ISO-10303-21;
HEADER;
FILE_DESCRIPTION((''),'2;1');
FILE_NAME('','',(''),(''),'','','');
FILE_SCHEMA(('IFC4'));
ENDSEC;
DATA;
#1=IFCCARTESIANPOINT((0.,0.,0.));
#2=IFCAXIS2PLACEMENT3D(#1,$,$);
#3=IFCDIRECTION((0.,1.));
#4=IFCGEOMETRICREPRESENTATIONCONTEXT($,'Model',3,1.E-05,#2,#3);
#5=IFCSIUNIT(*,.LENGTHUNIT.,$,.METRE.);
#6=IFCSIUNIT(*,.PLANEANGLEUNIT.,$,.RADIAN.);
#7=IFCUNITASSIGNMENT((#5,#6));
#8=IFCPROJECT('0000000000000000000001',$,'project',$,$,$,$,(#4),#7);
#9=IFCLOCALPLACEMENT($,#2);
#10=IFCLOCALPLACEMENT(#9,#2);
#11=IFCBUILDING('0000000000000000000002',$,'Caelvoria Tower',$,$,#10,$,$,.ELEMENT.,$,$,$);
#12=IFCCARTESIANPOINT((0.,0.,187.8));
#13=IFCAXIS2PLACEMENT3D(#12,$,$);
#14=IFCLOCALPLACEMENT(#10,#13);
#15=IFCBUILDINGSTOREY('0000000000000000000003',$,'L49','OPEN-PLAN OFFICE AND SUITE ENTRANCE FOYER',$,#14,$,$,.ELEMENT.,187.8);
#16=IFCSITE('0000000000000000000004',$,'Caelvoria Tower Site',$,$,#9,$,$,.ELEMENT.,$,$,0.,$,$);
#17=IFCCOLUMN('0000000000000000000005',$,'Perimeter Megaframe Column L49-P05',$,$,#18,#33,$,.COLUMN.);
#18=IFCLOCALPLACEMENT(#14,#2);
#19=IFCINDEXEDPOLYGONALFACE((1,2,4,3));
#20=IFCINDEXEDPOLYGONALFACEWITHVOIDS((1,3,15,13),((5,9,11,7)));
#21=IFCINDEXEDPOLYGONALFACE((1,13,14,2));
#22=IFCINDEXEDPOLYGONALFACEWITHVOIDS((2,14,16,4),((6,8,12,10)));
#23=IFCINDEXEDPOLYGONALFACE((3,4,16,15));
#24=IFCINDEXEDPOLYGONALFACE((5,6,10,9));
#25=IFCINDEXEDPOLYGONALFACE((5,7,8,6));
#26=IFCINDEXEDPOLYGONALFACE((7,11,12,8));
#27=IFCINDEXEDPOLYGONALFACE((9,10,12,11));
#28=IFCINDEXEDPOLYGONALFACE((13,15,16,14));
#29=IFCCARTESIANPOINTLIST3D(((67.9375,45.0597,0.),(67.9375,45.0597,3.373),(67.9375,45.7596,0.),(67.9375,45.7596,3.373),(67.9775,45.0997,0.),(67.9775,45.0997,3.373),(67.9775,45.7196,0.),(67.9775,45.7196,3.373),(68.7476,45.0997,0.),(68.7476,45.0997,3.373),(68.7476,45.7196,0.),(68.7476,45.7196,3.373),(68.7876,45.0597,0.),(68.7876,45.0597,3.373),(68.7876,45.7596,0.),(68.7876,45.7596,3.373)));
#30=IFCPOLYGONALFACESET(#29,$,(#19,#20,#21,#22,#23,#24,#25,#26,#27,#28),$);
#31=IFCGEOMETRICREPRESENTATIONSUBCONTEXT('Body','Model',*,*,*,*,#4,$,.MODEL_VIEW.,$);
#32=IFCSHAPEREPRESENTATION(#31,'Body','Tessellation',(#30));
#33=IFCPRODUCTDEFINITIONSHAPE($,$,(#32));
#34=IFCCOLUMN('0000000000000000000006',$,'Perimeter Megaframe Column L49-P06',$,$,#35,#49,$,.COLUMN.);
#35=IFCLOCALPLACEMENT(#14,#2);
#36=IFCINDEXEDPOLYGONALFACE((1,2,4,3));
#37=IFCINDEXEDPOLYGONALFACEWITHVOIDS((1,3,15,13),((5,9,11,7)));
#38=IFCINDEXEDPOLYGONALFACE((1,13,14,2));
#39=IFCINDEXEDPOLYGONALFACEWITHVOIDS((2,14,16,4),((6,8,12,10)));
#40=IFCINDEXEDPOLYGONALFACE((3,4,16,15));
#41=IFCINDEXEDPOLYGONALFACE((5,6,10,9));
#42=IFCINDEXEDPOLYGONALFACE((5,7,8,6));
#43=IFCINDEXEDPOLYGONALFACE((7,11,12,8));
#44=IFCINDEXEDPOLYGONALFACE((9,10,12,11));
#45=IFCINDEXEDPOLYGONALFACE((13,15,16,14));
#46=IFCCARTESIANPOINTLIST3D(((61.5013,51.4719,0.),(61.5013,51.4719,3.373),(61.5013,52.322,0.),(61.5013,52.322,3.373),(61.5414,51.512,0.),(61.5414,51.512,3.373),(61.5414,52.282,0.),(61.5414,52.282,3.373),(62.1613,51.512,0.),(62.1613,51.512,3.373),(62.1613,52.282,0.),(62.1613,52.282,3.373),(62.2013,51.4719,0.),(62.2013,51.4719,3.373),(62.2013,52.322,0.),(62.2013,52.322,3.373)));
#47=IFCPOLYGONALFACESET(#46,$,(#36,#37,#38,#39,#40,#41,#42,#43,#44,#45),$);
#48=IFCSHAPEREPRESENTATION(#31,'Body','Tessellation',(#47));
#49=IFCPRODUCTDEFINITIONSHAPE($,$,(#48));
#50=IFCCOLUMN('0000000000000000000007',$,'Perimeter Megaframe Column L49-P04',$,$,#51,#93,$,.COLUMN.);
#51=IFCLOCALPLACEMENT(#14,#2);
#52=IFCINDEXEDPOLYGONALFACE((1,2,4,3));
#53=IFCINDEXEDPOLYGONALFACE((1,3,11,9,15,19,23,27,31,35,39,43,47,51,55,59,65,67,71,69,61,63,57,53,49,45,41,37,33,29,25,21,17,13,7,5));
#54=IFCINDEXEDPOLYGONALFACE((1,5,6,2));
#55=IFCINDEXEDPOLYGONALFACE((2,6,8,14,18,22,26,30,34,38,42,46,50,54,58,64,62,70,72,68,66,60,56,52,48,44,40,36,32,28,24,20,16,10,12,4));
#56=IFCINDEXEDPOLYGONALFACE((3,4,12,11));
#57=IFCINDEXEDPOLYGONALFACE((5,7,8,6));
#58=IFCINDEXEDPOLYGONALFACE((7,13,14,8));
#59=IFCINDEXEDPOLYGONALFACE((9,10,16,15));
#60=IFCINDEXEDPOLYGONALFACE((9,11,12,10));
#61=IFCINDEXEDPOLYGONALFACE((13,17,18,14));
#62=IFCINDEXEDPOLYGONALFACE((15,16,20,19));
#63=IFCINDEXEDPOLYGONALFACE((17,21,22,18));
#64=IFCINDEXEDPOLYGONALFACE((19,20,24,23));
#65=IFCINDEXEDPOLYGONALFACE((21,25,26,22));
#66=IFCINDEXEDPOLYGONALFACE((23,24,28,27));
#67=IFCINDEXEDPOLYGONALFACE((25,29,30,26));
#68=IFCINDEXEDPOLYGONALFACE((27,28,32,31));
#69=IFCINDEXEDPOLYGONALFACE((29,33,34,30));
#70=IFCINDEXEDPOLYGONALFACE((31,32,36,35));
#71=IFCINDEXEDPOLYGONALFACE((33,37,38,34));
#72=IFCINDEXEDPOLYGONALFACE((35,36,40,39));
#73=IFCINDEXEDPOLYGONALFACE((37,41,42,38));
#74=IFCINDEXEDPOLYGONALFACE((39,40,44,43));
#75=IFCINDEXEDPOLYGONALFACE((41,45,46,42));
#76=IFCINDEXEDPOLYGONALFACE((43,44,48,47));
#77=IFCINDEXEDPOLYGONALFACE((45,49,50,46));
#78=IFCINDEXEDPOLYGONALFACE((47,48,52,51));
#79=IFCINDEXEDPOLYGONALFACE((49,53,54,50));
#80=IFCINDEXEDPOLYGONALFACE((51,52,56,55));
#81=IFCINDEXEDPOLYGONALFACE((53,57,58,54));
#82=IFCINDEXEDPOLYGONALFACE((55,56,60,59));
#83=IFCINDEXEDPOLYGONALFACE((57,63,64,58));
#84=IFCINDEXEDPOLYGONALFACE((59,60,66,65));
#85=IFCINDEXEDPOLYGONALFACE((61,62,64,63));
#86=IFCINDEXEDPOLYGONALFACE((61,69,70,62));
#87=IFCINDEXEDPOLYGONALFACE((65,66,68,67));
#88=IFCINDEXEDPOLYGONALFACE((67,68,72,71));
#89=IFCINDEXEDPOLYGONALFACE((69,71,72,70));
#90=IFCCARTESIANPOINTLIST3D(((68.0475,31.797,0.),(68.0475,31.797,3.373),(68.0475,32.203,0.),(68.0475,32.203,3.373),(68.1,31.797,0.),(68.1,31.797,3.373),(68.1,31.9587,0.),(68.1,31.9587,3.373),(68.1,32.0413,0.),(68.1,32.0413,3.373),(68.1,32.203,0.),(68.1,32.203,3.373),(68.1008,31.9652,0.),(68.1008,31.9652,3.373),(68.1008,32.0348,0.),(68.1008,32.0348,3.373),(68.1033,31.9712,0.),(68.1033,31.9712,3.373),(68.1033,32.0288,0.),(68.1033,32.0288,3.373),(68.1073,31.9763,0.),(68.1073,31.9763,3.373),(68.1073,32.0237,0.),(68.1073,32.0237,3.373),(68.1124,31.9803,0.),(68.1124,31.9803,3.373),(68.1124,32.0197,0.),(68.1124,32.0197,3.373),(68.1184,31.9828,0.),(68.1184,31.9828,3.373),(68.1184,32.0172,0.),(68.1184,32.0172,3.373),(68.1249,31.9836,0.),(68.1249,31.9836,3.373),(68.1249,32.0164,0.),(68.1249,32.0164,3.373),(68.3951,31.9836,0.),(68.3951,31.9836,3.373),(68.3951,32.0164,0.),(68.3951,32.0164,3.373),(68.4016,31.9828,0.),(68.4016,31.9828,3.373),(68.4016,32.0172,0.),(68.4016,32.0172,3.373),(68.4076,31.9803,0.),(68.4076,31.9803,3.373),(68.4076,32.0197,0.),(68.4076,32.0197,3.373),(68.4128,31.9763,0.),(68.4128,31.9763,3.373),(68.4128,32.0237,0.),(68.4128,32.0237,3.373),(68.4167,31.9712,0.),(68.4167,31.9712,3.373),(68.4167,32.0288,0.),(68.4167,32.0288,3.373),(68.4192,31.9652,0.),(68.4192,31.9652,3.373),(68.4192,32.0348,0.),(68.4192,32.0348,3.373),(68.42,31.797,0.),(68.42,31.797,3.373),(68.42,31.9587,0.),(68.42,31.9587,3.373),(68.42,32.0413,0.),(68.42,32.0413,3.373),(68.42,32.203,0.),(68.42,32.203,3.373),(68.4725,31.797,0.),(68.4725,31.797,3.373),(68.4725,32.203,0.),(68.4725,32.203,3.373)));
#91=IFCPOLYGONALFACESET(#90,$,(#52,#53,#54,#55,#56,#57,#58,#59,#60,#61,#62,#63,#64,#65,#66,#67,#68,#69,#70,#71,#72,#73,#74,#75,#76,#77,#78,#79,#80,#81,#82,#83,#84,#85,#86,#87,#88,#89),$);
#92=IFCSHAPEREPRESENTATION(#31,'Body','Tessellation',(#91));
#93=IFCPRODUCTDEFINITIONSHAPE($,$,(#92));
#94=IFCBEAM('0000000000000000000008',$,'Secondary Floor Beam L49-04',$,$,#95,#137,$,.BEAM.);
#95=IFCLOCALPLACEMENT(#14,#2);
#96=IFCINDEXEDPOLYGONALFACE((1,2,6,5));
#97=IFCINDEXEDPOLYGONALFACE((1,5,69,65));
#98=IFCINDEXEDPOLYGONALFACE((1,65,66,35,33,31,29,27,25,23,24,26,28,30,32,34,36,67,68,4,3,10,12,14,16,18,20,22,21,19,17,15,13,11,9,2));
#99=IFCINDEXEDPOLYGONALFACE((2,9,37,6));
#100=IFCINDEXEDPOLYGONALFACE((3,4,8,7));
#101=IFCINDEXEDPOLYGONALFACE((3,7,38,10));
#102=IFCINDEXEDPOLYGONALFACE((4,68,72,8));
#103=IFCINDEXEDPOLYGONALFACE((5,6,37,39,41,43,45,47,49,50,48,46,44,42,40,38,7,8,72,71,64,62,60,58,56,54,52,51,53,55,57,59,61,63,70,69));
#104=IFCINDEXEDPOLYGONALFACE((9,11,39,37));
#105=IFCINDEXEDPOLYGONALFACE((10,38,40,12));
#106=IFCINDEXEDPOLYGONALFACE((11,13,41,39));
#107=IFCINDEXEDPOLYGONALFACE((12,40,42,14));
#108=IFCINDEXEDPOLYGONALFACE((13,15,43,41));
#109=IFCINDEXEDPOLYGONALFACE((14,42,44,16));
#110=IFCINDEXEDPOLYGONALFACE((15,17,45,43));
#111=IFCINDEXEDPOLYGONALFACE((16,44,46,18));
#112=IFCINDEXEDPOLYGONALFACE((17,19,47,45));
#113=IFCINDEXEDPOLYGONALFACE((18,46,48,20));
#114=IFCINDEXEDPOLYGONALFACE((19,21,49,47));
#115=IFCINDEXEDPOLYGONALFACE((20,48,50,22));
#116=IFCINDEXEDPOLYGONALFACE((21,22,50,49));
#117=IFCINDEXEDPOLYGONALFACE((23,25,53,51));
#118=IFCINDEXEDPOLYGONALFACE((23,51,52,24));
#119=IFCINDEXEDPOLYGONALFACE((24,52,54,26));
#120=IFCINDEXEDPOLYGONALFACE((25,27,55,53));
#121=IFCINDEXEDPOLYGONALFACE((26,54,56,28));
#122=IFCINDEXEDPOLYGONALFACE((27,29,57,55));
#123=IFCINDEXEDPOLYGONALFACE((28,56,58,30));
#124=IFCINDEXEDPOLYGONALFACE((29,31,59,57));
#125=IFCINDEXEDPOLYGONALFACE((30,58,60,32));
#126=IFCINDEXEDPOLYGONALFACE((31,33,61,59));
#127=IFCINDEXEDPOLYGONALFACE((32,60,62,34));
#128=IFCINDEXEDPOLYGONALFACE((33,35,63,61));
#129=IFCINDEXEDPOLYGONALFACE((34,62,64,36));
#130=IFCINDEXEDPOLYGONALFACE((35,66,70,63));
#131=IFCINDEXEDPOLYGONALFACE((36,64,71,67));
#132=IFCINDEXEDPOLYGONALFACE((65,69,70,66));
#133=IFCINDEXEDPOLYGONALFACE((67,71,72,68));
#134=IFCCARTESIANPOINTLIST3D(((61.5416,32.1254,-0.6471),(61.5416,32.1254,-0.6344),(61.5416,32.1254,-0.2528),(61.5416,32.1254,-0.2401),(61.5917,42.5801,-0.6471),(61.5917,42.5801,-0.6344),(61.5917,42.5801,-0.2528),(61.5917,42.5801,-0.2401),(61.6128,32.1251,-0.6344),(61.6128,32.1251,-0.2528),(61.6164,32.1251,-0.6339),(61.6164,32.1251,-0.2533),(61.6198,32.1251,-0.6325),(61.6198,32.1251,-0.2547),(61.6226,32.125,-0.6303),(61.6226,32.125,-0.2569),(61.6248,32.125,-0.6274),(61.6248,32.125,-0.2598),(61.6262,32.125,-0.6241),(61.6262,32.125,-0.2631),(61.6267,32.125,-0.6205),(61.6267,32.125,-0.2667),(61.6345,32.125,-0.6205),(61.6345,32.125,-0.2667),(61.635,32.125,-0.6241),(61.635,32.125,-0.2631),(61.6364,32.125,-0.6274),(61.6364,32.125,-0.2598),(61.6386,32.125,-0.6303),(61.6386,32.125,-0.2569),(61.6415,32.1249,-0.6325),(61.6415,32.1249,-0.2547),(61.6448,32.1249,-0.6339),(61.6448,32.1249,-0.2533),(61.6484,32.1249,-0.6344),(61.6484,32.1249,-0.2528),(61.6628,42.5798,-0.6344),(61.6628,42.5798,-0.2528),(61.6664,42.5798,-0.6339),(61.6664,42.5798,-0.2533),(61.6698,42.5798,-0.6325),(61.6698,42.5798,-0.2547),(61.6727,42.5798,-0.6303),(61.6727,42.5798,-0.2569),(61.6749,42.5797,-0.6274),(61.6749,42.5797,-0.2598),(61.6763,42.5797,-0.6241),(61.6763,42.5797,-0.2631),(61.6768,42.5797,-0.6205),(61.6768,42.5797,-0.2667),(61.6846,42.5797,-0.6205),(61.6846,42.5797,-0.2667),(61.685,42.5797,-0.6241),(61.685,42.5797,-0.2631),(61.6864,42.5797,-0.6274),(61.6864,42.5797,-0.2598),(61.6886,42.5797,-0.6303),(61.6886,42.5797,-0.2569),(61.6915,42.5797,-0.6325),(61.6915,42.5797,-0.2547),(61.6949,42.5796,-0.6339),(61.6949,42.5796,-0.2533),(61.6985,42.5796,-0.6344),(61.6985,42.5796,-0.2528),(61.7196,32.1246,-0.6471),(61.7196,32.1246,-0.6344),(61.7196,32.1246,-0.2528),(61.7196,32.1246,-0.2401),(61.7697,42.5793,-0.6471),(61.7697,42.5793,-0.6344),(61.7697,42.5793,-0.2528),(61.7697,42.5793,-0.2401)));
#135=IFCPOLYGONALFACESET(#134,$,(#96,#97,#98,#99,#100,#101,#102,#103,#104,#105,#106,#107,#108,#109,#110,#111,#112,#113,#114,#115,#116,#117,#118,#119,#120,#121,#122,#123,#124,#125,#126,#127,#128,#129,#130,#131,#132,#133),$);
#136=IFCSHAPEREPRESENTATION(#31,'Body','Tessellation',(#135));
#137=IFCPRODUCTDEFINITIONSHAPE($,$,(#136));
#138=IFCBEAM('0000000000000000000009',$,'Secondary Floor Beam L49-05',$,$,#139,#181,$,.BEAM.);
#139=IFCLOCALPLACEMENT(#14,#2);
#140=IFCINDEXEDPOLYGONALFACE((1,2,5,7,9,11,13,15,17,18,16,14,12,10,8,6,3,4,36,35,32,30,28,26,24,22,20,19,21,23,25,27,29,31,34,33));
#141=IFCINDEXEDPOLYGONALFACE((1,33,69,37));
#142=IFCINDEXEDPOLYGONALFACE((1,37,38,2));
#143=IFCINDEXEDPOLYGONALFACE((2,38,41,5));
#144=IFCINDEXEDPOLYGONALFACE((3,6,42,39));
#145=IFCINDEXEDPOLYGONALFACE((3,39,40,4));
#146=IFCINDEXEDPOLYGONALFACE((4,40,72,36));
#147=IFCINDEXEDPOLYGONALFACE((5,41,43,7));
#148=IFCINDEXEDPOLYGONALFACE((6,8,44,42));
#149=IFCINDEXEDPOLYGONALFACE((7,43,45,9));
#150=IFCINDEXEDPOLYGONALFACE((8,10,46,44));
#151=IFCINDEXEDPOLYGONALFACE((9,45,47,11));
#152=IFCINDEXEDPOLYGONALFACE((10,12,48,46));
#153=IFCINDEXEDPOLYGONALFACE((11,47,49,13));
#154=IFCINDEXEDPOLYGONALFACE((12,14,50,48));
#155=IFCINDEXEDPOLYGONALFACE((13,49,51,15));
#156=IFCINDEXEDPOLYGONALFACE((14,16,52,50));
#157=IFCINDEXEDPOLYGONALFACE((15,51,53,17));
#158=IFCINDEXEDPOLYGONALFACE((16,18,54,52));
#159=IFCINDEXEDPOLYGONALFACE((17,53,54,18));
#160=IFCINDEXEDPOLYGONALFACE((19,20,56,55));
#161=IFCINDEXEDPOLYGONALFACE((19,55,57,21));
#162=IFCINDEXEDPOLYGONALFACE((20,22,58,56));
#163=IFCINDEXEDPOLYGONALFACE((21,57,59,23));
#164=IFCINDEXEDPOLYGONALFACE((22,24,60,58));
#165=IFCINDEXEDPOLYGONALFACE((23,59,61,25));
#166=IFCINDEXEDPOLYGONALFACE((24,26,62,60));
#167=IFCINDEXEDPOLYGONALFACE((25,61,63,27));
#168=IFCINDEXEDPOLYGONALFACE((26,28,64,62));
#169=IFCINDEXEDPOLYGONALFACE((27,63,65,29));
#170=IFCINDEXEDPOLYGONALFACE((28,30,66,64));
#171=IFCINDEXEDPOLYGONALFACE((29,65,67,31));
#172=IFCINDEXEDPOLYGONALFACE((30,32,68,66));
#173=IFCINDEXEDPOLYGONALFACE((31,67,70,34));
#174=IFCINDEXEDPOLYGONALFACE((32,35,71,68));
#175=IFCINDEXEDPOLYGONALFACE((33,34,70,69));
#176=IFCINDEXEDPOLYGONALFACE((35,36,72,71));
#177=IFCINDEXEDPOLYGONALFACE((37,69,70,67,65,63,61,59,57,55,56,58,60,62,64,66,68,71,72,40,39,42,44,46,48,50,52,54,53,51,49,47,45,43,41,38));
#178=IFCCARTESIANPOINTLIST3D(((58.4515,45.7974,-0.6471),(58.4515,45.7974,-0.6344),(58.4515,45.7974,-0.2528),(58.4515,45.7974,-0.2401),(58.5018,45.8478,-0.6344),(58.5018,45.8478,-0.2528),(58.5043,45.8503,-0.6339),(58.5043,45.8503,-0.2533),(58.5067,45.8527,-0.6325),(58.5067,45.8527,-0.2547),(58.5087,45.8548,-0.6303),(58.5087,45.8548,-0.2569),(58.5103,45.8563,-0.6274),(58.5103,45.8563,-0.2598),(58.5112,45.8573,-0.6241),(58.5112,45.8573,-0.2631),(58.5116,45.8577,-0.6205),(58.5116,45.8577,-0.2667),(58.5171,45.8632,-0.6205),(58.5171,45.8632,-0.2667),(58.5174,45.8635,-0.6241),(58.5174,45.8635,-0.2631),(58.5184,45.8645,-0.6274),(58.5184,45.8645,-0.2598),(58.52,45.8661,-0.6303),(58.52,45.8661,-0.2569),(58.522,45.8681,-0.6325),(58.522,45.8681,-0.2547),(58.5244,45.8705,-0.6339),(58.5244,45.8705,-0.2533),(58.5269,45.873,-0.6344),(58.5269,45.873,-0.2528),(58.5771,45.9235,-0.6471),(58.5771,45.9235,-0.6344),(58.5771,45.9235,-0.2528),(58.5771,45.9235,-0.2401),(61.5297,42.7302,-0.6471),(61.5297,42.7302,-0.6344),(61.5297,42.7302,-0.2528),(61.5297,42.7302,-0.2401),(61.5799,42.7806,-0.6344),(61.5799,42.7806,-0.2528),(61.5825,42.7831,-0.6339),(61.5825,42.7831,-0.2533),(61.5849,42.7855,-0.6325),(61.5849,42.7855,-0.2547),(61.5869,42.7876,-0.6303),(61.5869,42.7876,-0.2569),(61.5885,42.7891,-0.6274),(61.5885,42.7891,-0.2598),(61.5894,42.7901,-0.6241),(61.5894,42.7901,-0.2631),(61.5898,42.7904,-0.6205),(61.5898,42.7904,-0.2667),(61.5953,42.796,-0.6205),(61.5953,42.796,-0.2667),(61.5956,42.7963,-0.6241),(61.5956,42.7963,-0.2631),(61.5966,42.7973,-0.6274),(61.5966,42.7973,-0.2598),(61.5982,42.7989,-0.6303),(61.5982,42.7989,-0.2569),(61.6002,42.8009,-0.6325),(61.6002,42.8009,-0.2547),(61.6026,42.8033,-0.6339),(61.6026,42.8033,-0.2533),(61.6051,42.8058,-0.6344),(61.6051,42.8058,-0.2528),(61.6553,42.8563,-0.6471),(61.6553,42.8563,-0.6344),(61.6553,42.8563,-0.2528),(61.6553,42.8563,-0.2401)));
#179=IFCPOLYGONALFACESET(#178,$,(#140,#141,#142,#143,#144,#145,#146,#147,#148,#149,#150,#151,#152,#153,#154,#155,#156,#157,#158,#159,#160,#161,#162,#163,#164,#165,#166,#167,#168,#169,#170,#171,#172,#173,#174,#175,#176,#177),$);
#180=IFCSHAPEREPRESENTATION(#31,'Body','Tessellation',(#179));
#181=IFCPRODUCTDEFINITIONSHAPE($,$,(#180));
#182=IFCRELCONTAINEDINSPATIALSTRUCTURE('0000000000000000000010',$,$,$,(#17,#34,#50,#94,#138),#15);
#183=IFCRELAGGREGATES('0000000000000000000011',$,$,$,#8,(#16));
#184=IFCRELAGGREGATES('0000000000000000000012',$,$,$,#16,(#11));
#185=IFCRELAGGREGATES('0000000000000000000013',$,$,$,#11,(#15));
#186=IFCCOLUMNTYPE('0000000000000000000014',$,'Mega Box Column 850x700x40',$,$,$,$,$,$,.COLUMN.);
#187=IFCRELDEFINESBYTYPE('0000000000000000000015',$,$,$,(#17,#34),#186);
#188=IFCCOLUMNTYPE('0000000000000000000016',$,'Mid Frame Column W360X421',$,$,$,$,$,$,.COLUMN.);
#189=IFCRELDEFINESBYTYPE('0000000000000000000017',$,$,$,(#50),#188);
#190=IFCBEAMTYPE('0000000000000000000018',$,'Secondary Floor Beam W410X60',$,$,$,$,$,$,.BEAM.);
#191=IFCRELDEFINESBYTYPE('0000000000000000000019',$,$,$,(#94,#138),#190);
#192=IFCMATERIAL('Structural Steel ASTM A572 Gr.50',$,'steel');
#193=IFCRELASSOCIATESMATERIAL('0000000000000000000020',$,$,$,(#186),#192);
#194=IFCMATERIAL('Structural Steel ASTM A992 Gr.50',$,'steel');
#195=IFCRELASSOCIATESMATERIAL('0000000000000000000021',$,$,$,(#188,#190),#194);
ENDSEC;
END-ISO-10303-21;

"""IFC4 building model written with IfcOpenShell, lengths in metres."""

from ifc_helpers import new_model, si_unit, direction, frame, origin, origin_2d, place, context, subcontext, project, spatial, hollow_rectangle, i_section, extrude, material, material_profile, profile_set, type_object, element, save


model = new_model("IFC4")

# Units and contexts
model_context = context("Model", 3, precision=1e-05, world=origin(), true_north=direction((0.0, 1.0)))
body_context = subcontext(model_context, "Body", "Model", "MODEL_VIEW")
ifc_project = project(units=[si_unit("LENGTHUNIT", "METRE"), si_unit("PLANEANGLEUNIT", "RADIAN")], contexts=[model_context])

# Site, building, storey
site_placement = place(None, origin())
site = spatial("IfcSite", under=ifc_project, at=site_placement, Name="Caelvoria Tower Site", CompositionType="ELEMENT", RefElevation=0.0)
building_placement = place(site_placement, origin())
building = spatial("IfcBuilding", under=site, at=building_placement, Name="Caelvoria Tower", CompositionType="ELEMENT")
storey_placement = place(building_placement, frame((0.0, 0.0, 187.8)))
storey = spatial("IfcBuildingStorey", under=building, at=storey_placement, Name="L49", Description="OPEN-PLAN OFFICE AND SUITE ENTRANCE FOYER", CompositionType="ELEMENT", Elevation=187.8)

# Columns
ifc_material_1 = material(Name="Structural Steel ASTM A572 Gr.50", Category="steel")
ifc_material_profile_1 = material_profile(ifc_material_1, hollow_rectangle(XDim=0.7, YDim=0.8501, WallThickness=0.04, at=origin_2d()), Name="Structural Steel ASTM A572 Gr.50")
ifc_profile_set_1 = profile_set([ifc_material_profile_1], Name="BOX850X700X40 - Structural Steel ASTM A572 Gr.50")
column_type_1 = type_object("IfcColumnType", Name="Mega Box Column 850x700x40", PredefinedType="COLUMN", material=ifc_profile_set_1)
for number, where, z_axis, x_axis, name in (
    (1, (68.3625, 45.4097, 0.0), (0.0, 0.0, 1.0), (0.0, 1.0, 0.0), "Perimeter Megaframe Column L49-P05"),
    (2, (61.8513, 51.897, 0.0), (0.0, 0.0, 1.0), (1.0, 0.0, 0.0), "Perimeter Megaframe Column L49-P06"),
):
    element("IfcColumn", number, at=place(storey_placement, frame(where, z_axis=z_axis, x_axis=x_axis)), inside=storey, type_object=column_type_1, Name=name, PredefinedType="COLUMN", context=body_context, shape_type="SweptSolid", body=[
        extrude(hollow_rectangle(XDim=0.7, YDim=0.8501, WallThickness=0.04, at=origin_2d()), origin(), (0.0, 0.0, 1.0), 3.373),
    ])
ifc_material_2 = material(Name="Structural Steel ASTM A992 Gr.50", Category="steel")
ifc_material_profile_2 = material_profile(ifc_material_2, i_section(OverallWidth=0.406, OverallDepth=0.425, WebThickness=0.0327, FlangeThickness=0.0525, FilletRadius=0.0249, at=origin_2d()), Name="Structural Steel ASTM A992 Gr.50")
ifc_profile_set_2 = profile_set([ifc_material_profile_2], Name="W360X421 - Structural Steel ASTM A992 Gr.50")
column_type_2 = type_object("IfcColumnType", Name="Mid Frame Column W360X421", PredefinedType="COLUMN", material=ifc_profile_set_2)
column_placement = place(storey_placement, frame((68.26, 32.0, 0.0), z_axis=(0.0, 0.0, 1.0), x_axis=(0.0, 1.0, 0.0)))
element("IfcColumn", 3, at=column_placement, inside=storey, type_object=column_type_2, Name="Perimeter Megaframe Column L49-P04", PredefinedType="COLUMN", context=body_context, shape_type="SweptSolid", body=[
    extrude(i_section(OverallWidth=0.406, OverallDepth=0.425, WebThickness=0.0327, FlangeThickness=0.0525, FilletRadius=0.0249, at=origin_2d()), origin(), (0.0, 0.0, 1.0), 3.373),
])

# Beams
ifc_material_profile_3 = material_profile(ifc_material_2, i_section(OverallWidth=0.178, OverallDepth=0.407, WebThickness=0.0078, FlangeThickness=0.0127, FilletRadius=0.0139, at=origin_2d()), Name="Structural Steel ASTM A992 Gr.50")
ifc_profile_set_3 = profile_set([ifc_material_profile_3], Name="W410X60 - Structural Steel ASTM A992 Gr.50")
beam_type_1 = type_object("IfcBeamType", Name="Secondary Floor Beam W410X60", PredefinedType="BEAM", material=ifc_profile_set_3)
beam_1_placement = place(storey_placement, frame((61.6306, 32.125, -0.4436), z_axis=(0.004787, 0.999989, 0.0), x_axis=(-0.999989, 0.004787, 0.0)))
element("IfcBeam", 4, at=beam_1_placement, inside=storey, type_object=beam_type_1, Name="Secondary Floor Beam L49-04", PredefinedType="BEAM", context=body_context, shape_type="SweptSolid", body=[
    extrude(i_section(OverallWidth=0.178, OverallDepth=0.407, WebThickness=0.0078, FlangeThickness=0.0127, FilletRadius=0.0139, at=origin_2d()), origin(), (0.0, 0.0, 1.0), 10.4548),
])
beam_2_placement = place(storey_placement, frame((61.5925, 42.7932, -0.4436), z_axis=(-0.70837, 0.705842, 0.0), x_axis=(-0.705842, -0.70837, 0.0)))
element("IfcBeam", 5, at=beam_2_placement, inside=storey, type_object=beam_type_1, Name="Secondary Floor Beam L49-05", PredefinedType="BEAM", context=body_context, shape_type="SweptSolid", body=[
    extrude(i_section(OverallWidth=0.178, OverallDepth=0.407, WebThickness=0.0078, FlangeThickness=0.0127, FilletRadius=0.0139, at=origin_2d()), origin(), (0.0, 0.0, 1.0), 4.3455),
])

save(model, "model.ifc")
